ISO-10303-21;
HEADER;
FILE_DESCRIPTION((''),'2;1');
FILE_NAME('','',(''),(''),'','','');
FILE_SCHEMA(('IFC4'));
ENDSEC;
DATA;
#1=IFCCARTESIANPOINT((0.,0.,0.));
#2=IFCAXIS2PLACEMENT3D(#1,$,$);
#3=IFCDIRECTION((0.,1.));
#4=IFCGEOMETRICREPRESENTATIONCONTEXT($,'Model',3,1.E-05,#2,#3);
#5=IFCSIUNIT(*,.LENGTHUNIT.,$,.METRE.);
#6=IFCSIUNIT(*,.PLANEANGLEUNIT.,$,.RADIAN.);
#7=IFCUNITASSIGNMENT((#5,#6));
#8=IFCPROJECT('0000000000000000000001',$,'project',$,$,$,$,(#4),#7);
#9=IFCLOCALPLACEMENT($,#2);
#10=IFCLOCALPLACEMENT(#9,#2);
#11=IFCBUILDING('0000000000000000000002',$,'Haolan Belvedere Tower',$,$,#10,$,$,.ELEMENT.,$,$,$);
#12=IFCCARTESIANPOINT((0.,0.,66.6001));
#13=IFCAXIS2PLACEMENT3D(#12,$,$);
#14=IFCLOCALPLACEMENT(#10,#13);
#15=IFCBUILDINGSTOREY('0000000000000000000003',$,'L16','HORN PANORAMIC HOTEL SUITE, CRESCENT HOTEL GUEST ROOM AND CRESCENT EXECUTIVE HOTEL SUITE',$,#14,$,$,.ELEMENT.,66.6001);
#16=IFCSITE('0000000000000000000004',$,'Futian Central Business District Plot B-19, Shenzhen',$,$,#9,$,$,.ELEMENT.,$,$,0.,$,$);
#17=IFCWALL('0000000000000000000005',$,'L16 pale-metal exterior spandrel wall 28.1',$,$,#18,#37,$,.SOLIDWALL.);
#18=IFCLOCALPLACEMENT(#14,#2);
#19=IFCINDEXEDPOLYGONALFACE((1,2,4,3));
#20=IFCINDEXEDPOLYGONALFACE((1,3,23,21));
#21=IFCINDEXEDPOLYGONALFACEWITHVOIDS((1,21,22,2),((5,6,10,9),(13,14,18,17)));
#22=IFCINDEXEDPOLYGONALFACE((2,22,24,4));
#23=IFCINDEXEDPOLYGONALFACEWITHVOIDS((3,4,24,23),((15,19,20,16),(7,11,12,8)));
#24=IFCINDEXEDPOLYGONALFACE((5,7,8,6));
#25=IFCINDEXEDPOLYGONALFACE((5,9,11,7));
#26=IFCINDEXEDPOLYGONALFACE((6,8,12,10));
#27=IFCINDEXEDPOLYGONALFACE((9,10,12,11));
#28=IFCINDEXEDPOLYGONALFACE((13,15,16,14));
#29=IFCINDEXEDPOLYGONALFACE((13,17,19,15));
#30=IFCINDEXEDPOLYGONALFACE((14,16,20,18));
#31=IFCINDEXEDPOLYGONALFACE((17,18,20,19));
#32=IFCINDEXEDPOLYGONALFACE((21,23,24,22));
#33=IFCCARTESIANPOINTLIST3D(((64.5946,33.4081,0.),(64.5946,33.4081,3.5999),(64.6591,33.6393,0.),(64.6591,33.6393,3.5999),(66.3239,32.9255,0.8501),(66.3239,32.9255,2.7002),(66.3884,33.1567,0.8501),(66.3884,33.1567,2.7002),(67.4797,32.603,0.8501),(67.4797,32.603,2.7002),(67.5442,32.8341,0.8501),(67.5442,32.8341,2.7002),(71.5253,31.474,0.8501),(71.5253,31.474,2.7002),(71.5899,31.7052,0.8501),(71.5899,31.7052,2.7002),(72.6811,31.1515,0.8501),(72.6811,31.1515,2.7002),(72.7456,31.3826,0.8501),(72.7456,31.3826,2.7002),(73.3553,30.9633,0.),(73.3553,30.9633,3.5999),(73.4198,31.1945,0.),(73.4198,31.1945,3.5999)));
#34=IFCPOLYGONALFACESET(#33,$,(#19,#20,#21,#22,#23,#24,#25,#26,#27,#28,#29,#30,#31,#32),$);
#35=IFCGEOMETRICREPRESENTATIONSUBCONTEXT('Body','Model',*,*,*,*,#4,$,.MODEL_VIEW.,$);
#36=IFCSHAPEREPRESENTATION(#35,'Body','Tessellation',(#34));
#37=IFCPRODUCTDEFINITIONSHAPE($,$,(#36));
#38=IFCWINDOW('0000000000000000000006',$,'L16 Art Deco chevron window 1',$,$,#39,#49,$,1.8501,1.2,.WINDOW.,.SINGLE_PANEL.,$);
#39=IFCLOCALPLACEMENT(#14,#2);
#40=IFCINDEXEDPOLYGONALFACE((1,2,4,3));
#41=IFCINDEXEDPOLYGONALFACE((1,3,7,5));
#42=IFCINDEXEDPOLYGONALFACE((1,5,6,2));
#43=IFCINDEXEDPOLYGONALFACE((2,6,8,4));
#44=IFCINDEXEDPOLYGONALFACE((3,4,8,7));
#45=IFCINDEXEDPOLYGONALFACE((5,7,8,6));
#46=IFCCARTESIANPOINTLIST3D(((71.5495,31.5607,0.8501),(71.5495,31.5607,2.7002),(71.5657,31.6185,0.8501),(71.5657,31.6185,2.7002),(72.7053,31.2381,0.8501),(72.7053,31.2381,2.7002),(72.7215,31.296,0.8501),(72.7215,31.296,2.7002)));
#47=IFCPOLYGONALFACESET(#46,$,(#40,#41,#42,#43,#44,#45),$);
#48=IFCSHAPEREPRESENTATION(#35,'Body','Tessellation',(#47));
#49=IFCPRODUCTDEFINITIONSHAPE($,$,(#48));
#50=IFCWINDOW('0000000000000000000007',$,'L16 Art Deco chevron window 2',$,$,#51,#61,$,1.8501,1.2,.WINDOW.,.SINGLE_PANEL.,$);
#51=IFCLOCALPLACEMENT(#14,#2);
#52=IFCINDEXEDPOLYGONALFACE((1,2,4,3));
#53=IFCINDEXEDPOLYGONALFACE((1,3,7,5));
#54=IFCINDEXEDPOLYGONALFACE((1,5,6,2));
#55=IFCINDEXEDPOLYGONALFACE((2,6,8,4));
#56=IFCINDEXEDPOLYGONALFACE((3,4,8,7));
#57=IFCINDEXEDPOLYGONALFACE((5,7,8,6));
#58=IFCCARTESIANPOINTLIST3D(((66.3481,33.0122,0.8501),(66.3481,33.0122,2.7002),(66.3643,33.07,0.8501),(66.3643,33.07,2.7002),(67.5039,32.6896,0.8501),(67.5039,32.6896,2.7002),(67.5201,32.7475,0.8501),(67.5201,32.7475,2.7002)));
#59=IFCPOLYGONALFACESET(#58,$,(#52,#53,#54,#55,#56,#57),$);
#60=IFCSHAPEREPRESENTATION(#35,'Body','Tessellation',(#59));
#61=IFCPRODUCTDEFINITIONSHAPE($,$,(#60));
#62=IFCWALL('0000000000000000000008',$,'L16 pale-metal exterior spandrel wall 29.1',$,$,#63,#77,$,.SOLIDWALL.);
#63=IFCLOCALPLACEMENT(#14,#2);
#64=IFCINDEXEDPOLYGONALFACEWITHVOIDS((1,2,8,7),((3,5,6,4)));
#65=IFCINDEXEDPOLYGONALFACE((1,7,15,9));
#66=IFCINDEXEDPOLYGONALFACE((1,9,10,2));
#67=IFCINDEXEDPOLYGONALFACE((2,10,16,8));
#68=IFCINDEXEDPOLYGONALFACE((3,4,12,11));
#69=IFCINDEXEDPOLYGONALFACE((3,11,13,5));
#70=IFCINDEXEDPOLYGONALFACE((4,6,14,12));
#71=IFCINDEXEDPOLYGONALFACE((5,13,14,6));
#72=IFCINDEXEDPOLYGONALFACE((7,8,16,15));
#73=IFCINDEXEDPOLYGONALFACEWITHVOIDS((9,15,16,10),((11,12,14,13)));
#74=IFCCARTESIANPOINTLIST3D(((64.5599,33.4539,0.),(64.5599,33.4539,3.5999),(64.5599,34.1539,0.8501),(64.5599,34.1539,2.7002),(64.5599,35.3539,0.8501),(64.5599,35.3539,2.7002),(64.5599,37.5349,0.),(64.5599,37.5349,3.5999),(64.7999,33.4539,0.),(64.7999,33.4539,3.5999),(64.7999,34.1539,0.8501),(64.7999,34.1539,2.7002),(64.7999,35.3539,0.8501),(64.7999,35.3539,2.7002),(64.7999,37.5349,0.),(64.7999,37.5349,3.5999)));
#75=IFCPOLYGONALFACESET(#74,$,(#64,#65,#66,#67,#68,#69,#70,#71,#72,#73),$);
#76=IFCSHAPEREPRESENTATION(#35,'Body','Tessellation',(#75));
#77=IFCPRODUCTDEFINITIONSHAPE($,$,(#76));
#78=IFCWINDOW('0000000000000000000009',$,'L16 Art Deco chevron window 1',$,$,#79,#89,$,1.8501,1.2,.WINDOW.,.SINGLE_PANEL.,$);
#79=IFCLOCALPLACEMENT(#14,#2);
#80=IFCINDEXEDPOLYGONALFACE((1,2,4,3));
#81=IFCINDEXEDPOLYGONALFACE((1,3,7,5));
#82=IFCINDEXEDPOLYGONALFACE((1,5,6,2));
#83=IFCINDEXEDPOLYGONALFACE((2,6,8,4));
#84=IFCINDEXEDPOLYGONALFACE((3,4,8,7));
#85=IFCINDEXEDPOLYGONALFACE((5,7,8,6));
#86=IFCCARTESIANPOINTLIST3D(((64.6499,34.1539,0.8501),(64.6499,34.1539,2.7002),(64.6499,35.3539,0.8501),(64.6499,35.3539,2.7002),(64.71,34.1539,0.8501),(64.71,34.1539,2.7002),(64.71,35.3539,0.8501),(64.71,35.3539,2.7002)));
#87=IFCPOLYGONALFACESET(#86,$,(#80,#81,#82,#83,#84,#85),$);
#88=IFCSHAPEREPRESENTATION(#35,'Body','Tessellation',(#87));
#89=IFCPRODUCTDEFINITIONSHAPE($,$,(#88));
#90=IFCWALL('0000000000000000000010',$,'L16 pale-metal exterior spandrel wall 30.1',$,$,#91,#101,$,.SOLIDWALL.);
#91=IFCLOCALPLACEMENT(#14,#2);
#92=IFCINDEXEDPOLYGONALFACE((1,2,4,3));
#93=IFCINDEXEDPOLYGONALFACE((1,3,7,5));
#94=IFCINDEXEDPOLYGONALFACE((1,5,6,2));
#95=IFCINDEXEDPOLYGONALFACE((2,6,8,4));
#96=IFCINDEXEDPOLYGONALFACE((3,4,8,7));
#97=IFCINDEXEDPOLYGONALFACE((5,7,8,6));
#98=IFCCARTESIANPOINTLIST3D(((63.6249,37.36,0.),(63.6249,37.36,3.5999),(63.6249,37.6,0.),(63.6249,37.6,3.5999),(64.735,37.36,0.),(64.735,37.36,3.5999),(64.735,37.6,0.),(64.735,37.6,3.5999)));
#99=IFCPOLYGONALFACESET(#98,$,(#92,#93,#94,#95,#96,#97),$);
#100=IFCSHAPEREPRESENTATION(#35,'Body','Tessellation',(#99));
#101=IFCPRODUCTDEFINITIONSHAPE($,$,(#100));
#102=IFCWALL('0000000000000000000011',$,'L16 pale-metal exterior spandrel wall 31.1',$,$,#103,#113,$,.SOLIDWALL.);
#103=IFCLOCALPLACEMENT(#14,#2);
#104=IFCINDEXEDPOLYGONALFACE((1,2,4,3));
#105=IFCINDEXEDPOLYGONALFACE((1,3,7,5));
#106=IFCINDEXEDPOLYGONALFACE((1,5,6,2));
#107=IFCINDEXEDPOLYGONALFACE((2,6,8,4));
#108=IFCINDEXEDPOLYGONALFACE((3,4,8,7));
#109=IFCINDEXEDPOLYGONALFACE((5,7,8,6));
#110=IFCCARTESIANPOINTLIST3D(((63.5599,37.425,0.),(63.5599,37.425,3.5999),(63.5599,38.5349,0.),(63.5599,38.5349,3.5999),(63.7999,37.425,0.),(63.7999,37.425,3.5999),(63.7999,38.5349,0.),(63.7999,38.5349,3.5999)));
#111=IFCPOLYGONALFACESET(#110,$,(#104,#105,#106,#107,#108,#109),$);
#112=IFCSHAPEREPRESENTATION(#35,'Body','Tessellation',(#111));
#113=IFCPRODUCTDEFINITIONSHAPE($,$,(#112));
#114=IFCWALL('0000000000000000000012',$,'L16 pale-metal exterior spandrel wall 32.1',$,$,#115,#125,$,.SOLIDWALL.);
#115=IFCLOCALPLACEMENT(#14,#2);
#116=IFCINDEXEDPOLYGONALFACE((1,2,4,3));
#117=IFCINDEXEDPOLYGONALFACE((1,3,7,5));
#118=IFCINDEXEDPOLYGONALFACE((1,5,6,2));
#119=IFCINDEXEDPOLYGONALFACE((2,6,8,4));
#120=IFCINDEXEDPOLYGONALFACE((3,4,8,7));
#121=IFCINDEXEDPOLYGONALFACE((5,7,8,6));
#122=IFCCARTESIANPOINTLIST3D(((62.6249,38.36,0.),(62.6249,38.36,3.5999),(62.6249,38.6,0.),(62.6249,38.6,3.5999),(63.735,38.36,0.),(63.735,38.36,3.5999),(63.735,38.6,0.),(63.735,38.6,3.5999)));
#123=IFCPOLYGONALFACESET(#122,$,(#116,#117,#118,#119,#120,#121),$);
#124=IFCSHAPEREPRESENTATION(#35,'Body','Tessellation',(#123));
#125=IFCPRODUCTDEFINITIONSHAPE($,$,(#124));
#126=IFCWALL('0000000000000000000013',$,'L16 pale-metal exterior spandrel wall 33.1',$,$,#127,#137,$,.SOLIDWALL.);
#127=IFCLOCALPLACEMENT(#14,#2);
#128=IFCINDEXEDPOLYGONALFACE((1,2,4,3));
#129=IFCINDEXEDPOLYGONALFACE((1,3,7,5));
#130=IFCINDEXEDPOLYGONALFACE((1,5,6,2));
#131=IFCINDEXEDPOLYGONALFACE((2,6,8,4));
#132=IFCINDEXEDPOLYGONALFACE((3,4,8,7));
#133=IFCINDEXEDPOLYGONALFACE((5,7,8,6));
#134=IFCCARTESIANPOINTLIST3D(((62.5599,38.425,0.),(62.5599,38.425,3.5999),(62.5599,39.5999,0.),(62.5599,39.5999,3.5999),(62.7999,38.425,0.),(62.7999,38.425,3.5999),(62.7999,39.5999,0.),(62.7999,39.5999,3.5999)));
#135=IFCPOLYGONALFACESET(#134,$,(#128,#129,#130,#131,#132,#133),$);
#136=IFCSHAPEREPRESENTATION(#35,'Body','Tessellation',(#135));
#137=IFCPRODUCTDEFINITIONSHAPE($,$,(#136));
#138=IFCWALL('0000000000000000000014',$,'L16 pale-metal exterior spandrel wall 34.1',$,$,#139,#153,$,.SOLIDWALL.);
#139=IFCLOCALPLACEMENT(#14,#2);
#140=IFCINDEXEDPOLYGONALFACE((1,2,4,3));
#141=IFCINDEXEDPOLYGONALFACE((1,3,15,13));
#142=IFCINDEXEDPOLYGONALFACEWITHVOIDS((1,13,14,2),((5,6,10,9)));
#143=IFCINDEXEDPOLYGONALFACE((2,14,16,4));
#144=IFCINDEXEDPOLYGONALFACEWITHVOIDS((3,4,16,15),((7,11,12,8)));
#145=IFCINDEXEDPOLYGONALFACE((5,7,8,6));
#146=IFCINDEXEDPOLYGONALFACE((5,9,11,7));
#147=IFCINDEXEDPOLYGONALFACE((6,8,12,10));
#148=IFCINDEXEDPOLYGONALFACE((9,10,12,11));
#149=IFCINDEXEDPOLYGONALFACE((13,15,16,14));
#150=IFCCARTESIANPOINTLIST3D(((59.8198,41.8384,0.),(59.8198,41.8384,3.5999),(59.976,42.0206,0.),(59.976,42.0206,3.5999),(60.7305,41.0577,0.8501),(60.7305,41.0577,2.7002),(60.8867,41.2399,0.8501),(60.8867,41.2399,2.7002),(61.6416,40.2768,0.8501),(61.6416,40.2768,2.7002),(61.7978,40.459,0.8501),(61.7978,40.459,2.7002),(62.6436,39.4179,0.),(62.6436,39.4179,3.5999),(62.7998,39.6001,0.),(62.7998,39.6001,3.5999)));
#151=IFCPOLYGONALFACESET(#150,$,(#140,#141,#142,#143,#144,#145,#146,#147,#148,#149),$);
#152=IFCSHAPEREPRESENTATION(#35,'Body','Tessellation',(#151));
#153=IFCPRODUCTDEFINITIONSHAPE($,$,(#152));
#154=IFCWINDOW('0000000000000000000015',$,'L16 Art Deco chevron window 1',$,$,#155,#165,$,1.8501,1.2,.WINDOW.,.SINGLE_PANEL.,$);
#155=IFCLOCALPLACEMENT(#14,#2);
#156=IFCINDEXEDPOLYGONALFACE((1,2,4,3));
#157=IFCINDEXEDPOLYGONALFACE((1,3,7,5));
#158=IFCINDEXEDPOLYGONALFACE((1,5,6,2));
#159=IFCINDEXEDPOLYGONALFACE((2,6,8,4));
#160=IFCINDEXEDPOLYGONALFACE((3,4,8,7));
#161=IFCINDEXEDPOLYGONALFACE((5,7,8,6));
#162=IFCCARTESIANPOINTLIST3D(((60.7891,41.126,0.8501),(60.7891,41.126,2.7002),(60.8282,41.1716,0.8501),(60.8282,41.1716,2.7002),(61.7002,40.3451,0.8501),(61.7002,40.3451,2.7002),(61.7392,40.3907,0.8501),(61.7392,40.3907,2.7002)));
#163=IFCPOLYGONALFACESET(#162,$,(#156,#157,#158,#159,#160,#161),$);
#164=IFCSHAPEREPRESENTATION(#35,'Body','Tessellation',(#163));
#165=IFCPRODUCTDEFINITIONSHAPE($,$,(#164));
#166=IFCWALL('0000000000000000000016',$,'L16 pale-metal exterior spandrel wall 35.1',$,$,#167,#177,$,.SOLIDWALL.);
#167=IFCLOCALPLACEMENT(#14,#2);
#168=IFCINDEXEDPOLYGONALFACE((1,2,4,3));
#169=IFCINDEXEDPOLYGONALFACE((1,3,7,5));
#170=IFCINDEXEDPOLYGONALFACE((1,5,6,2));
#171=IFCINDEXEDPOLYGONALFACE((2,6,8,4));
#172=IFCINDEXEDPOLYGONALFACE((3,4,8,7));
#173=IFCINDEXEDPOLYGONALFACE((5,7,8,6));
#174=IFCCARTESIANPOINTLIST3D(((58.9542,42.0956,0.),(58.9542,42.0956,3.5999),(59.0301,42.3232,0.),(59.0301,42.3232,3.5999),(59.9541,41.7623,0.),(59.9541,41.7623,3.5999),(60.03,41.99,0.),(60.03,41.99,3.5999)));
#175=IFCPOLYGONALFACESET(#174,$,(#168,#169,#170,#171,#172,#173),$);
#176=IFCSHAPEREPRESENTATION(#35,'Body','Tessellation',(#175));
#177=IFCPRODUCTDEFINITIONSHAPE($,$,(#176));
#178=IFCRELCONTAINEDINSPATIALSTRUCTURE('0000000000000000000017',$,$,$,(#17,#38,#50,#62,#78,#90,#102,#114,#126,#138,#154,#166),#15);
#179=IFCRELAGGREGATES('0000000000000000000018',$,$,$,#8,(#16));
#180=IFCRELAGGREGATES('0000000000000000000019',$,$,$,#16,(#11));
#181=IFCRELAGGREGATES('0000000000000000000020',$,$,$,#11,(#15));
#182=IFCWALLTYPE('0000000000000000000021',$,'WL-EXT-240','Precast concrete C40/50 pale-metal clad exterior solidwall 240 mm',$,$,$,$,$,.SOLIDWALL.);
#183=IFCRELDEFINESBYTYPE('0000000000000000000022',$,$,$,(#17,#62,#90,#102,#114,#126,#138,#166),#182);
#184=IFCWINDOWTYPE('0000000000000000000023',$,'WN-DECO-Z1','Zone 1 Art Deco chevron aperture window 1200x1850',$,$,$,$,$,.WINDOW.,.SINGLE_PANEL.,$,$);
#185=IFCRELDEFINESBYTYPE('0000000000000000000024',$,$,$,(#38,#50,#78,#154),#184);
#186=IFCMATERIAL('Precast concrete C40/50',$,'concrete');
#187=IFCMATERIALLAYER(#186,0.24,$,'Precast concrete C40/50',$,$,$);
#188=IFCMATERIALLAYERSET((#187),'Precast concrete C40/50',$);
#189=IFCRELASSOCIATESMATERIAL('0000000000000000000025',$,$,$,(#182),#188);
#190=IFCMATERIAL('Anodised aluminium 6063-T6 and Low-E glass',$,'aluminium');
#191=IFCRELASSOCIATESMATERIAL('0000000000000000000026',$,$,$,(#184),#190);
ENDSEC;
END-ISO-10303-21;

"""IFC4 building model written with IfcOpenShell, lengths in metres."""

from ifc_helpers import new_model, si_unit, direction, frame, frame_2d, origin, place, context, subcontext, project, spatial, rectangle, extrude, material, layer, layer_set, type_object, element, fill, save


model = new_model("IFC4")

# Units and contexts
model_context = context("Model", 3, precision=1e-05, world=origin(), true_north=direction((0.0, 1.0)))
body_context = subcontext(model_context, "Body", "Model", "MODEL_VIEW")
ifc_project = project(units=[si_unit("LENGTHUNIT", "METRE"), si_unit("PLANEANGLEUNIT", "RADIAN")], contexts=[model_context])

# Site, building, storey
site_placement = place(None, origin())
site = spatial("IfcSite", under=ifc_project, at=site_placement, Name="Futian Central Business District Plot B-19, Shenzhen", CompositionType="ELEMENT", RefElevation=0.0)
building_placement = place(site_placement, origin())
building = spatial("IfcBuilding", under=site, at=building_placement, Name="Haolan Belvedere Tower", CompositionType="ELEMENT")
storey_placement = place(building_placement, frame((0.0, 0.0, 66.6001)))
storey = spatial("IfcBuildingStorey", under=building, at=storey_placement, Name="L16", Description="HORN PANORAMIC HOTEL SUITE, CRESCENT HOTEL GUEST ROOM AND CRESCENT EXECUTIVE HOTEL SUITE", CompositionType="ELEMENT", Elevation=66.6001)

# Wall, openings, windows
ifc_material_1 = material(Name="Precast concrete C40/50", Category="concrete")
ifc_layer_1 = layer(ifc_material_1, 0.24, Name="Precast concrete C40/50")
ifc_layer_set_1 = layer_set([ifc_layer_1], Name="Precast concrete C40/50")
wall_type_1 = type_object("IfcWallType", Name="WL-EXT-240", Description="Precast concrete C40/50 pale-metal clad exterior solidwall 240 mm", PredefinedType="SOLIDWALL", material=ifc_layer_set_1)
wall_1_placement = place(storey_placement, frame((73.3877, 31.0789, 0.0), z_axis=(0.0, 0.0, 1.0), x_axis=(-0.963197, 0.268795, 0.0)))
wall_1 = element("IfcWall", 1, at=wall_1_placement, inside=storey, type_object=wall_type_1, Name="L16 pale-metal exterior spandrel wall 28.1", PredefinedType="SOLIDWALL", context=body_context, shape_type="SweptSolid", body=[
    extrude(rectangle(XDim=9.0955, YDim=0.24, at=frame_2d((4.5479, 0.0))), origin(), (0.0, 0.0, 1.0), 3.5999),
])
opening_1_placement = place(wall_1_placement, frame((0.7, 0.0, 0.8501)))
opening_1 = element("IfcOpeningElement", 2, at=opening_1_placement, cuts=wall_1, PredefinedType="OPENING", context=body_context, shape_type="SweptSolid", body=[
    extrude(rectangle(XDim=1.2, YDim=1.8501, at=frame_2d((0.6001, 0.925))), frame((0.0, 0.1299, 0.0), z_axis=(0.0, -1.0, 0.0), x_axis=(1.0, 0.0, 0.0)), (0.0, 0.0, 1.0), 0.26),
])
opening_2_placement = place(wall_1_placement, frame((6.1001, 0.0, 0.8501)))
opening_2 = element("IfcOpeningElement", 3, at=opening_2_placement, cuts=wall_1, PredefinedType="OPENING", context=body_context, shape_type="SweptSolid", body=[
    extrude(rectangle(XDim=1.2, YDim=1.8501, at=frame_2d((0.6001, 0.925))), frame((0.0, 0.1299, 0.0), z_axis=(0.0, -1.0, 0.0), x_axis=(1.0, 0.0, 0.0)), (0.0, 0.0, 1.0), 0.26),
])
ifc_material_2 = material(Name="Anodised aluminium 6063-T6 and Low-E glass", Category="aluminium")
window_type = type_object("IfcWindowType", Name="WN-DECO-Z1", Description="Zone 1 Art Deco chevron aperture window 1200x1850", PartitioningType="SINGLE_PANEL", PredefinedType="WINDOW", material=ifc_material_2)
window_1_placement = place(opening_1_placement, origin())
window_1 = element("IfcWindow", 4, at=window_1_placement, inside=storey, type_object=window_type, Name="L16 Art Deco chevron window 1", OverallHeight=1.8501, OverallWidth=1.2, PartitioningType="SINGLE_PANEL", PredefinedType="WINDOW", context=body_context, shape_type="SweptSolid", body=[
    extrude(rectangle(XDim=1.2, YDim=1.8501, at=frame_2d((0.6001, 0.925))), frame((0.0, 0.03, 0.0), z_axis=(0.0, -1.0, 0.0), x_axis=(1.0, 0.0, 0.0)), (0.0, 0.0, 1.0), 0.0601),
])
fill(opening_1, window_1)
window_2_placement = place(opening_2_placement, origin())
window_2 = element("IfcWindow", 5, at=window_2_placement, inside=storey, type_object=window_type, Name="L16 Art Deco chevron window 2", OverallHeight=1.8501, OverallWidth=1.2, PartitioningType="SINGLE_PANEL", PredefinedType="WINDOW", context=body_context, shape_type="SweptSolid", body=[
    extrude(rectangle(XDim=1.2, YDim=1.8501, at=frame_2d((0.6001, 0.925))), frame((0.0, 0.03, 0.0), z_axis=(0.0, -1.0, 0.0), x_axis=(1.0, 0.0, 0.0)), (0.0, 0.0, 1.0), 0.0601),
])
fill(opening_2, window_2)

# Wall, opening, window
wall_2_placement = place(storey_placement, frame((64.6799, 33.4539, 0.0), z_axis=(0.0, 0.0, 1.0), x_axis=(0.0, 1.0, 0.0)))
wall_2 = element("IfcWall", 6, at=wall_2_placement, inside=storey, type_object=wall_type_1, Name="L16 pale-metal exterior spandrel wall 29.1", PredefinedType="SOLIDWALL", context=body_context, shape_type="SweptSolid", body=[
    extrude(rectangle(XDim=4.0811, YDim=0.24, at=frame_2d((2.0405, 0.0))), origin(), (0.0, 0.0, 1.0), 3.5999),
])
opening_3_placement = place(wall_2_placement, frame((0.7, 0.0, 0.8501)))
opening_3 = element("IfcOpeningElement", 7, at=opening_3_placement, cuts=wall_2, PredefinedType="OPENING", context=body_context, shape_type="SweptSolid", body=[
    extrude(rectangle(XDim=1.2, YDim=1.8501, at=frame_2d((0.6001, 0.925))), frame((0.0, 0.1299, 0.0), z_axis=(0.0, -1.0, 0.0), x_axis=(1.0, 0.0, 0.0)), (0.0, 0.0, 1.0), 0.26),
])
window_3_placement = place(opening_3_placement, origin())
window_3 = element("IfcWindow", 8, at=window_3_placement, inside=storey, type_object=window_type, Name="L16 Art Deco chevron window 1", OverallHeight=1.8501, OverallWidth=1.2, PartitioningType="SINGLE_PANEL", PredefinedType="WINDOW", context=body_context, shape_type="SweptSolid", body=[
    extrude(rectangle(XDim=1.2, YDim=1.8501, at=frame_2d((0.6001, 0.925))), frame((0.0, 0.03, 0.0), z_axis=(0.0, -1.0, 0.0), x_axis=(1.0, 0.0, 0.0)), (0.0, 0.0, 1.0), 0.0601),
])
fill(opening_3, window_3)

# Walls
wall_3_placement = place(storey_placement, frame((64.7351, 37.48, 0.0), z_axis=(0.0, 0.0, 1.0), x_axis=(-1.0, 0.0, 0.0)))
element("IfcWall", 9, at=wall_3_placement, inside=storey, type_object=wall_type_1, Name="L16 pale-metal exterior spandrel wall 30.1", PredefinedType="SOLIDWALL", context=body_context, shape_type="SweptSolid", body=[
    extrude(rectangle(XDim=1.1101, YDim=0.24, at=frame_2d((0.5552, 0.0))), origin(), (0.0, 0.0, 1.0), 3.5999),
])
wall_4_placement = place(storey_placement, frame((63.6799, 37.425, 0.0), z_axis=(0.0, 0.0, 1.0), x_axis=(0.0, 1.0, 0.0)))
element("IfcWall", 10, at=wall_4_placement, inside=storey, type_object=wall_type_1, Name="L16 pale-metal exterior spandrel wall 31.1", PredefinedType="SOLIDWALL", context=body_context, shape_type="SweptSolid", body=[
    extrude(rectangle(XDim=1.1099, YDim=0.24, at=frame_2d((0.5549, 0.0))), origin(), (0.0, 0.0, 1.0), 3.5999),
])
wall_5_placement = place(storey_placement, frame((63.7351, 38.48, 0.0), z_axis=(0.0, 0.0, 1.0), x_axis=(-1.0, 0.0, 0.0)))
element("IfcWall", 11, at=wall_5_placement, inside=storey, type_object=wall_type_1, Name="L16 pale-metal exterior spandrel wall 32.1", PredefinedType="SOLIDWALL", context=body_context, shape_type="SweptSolid", body=[
    extrude(rectangle(XDim=1.1101, YDim=0.24, at=frame_2d((0.5552, 0.0))), origin(), (0.0, 0.0, 1.0), 3.5999),
])
wall_6_placement = place(storey_placement, frame((62.6799, 38.425, 0.0), z_axis=(0.0, 0.0, 1.0), x_axis=(0.0, 1.0, 0.0)))
element("IfcWall", 12, at=wall_6_placement, inside=storey, type_object=wall_type_1, Name="L16 pale-metal exterior spandrel wall 33.1", PredefinedType="SOLIDWALL", context=body_context, shape_type="SweptSolid", body=[
    extrude(rectangle(XDim=1.1748, YDim=0.24, at=frame_2d((0.5874, 0.0))), origin(), (0.0, 0.0, 1.0), 3.5999),
])

# Wall, opening, window
wall_7_placement = place(storey_placement, frame((62.7217, 39.509, 0.0), z_axis=(0.0, 0.0, 1.0), x_axis=(-0.759247, 0.650802, 0.0)))
wall_7 = element("IfcWall", 13, at=wall_7_placement, inside=storey, type_object=wall_type_1, Name="L16 pale-metal exterior spandrel wall 34.1", PredefinedType="SOLIDWALL", context=body_context, shape_type="SweptSolid", body=[
    extrude(rectangle(XDim=3.7192, YDim=0.24, at=frame_2d((1.8596, 0.0))), origin(), (0.0, 0.0, 1.0), 3.5999),
])
opening_4_placement = place(wall_7_placement, frame((1.3196, 0.0, 0.8501)))
opening_4 = element("IfcOpeningElement", 14, at=opening_4_placement, cuts=wall_7, PredefinedType="OPENING", context=body_context, shape_type="SweptSolid", body=[
    extrude(rectangle(XDim=1.2, YDim=1.8501, at=frame_2d((0.6001, 0.925))), frame((0.0, 0.1299, 0.0), z_axis=(0.0, -1.0, 0.0), x_axis=(1.0, 0.0, 0.0)), (0.0, 0.0, 1.0), 0.26),
])
window_4_placement = place(opening_4_placement, origin())
window_4 = element("IfcWindow", 15, at=window_4_placement, inside=storey, type_object=window_type, Name="L16 Art Deco chevron window 1", OverallHeight=1.8501, OverallWidth=1.2, PartitioningType="SINGLE_PANEL", PredefinedType="WINDOW", context=body_context, shape_type="SweptSolid", body=[
    extrude(rectangle(XDim=1.2, YDim=1.8501, at=frame_2d((0.6001, 0.925))), frame((0.0, 0.03, 0.0), z_axis=(0.0, -1.0, 0.0), x_axis=(1.0, 0.0, 0.0)), (0.0, 0.0, 1.0), 0.0601),
])
fill(opening_4, window_4)

# Wall
wall_8_placement = place(storey_placement, frame((59.9919, 41.8762, 0.0), z_axis=(0.0, 0.0, 1.0), x_axis=(-0.948706, 0.316158, 0.0)))
element("IfcWall", 16, at=wall_8_placement, inside=storey, type_object=wall_type_1, Name="L16 pale-metal exterior spandrel wall 35.1", PredefinedType="SOLIDWALL", context=body_context, shape_type="SweptSolid", body=[
    extrude(rectangle(XDim=1.054, YDim=0.24, at=frame_2d((0.5269, 0.0))), origin(), (0.0, 0.0, 1.0), 3.5999),
])

save(model, "model.ifc")
